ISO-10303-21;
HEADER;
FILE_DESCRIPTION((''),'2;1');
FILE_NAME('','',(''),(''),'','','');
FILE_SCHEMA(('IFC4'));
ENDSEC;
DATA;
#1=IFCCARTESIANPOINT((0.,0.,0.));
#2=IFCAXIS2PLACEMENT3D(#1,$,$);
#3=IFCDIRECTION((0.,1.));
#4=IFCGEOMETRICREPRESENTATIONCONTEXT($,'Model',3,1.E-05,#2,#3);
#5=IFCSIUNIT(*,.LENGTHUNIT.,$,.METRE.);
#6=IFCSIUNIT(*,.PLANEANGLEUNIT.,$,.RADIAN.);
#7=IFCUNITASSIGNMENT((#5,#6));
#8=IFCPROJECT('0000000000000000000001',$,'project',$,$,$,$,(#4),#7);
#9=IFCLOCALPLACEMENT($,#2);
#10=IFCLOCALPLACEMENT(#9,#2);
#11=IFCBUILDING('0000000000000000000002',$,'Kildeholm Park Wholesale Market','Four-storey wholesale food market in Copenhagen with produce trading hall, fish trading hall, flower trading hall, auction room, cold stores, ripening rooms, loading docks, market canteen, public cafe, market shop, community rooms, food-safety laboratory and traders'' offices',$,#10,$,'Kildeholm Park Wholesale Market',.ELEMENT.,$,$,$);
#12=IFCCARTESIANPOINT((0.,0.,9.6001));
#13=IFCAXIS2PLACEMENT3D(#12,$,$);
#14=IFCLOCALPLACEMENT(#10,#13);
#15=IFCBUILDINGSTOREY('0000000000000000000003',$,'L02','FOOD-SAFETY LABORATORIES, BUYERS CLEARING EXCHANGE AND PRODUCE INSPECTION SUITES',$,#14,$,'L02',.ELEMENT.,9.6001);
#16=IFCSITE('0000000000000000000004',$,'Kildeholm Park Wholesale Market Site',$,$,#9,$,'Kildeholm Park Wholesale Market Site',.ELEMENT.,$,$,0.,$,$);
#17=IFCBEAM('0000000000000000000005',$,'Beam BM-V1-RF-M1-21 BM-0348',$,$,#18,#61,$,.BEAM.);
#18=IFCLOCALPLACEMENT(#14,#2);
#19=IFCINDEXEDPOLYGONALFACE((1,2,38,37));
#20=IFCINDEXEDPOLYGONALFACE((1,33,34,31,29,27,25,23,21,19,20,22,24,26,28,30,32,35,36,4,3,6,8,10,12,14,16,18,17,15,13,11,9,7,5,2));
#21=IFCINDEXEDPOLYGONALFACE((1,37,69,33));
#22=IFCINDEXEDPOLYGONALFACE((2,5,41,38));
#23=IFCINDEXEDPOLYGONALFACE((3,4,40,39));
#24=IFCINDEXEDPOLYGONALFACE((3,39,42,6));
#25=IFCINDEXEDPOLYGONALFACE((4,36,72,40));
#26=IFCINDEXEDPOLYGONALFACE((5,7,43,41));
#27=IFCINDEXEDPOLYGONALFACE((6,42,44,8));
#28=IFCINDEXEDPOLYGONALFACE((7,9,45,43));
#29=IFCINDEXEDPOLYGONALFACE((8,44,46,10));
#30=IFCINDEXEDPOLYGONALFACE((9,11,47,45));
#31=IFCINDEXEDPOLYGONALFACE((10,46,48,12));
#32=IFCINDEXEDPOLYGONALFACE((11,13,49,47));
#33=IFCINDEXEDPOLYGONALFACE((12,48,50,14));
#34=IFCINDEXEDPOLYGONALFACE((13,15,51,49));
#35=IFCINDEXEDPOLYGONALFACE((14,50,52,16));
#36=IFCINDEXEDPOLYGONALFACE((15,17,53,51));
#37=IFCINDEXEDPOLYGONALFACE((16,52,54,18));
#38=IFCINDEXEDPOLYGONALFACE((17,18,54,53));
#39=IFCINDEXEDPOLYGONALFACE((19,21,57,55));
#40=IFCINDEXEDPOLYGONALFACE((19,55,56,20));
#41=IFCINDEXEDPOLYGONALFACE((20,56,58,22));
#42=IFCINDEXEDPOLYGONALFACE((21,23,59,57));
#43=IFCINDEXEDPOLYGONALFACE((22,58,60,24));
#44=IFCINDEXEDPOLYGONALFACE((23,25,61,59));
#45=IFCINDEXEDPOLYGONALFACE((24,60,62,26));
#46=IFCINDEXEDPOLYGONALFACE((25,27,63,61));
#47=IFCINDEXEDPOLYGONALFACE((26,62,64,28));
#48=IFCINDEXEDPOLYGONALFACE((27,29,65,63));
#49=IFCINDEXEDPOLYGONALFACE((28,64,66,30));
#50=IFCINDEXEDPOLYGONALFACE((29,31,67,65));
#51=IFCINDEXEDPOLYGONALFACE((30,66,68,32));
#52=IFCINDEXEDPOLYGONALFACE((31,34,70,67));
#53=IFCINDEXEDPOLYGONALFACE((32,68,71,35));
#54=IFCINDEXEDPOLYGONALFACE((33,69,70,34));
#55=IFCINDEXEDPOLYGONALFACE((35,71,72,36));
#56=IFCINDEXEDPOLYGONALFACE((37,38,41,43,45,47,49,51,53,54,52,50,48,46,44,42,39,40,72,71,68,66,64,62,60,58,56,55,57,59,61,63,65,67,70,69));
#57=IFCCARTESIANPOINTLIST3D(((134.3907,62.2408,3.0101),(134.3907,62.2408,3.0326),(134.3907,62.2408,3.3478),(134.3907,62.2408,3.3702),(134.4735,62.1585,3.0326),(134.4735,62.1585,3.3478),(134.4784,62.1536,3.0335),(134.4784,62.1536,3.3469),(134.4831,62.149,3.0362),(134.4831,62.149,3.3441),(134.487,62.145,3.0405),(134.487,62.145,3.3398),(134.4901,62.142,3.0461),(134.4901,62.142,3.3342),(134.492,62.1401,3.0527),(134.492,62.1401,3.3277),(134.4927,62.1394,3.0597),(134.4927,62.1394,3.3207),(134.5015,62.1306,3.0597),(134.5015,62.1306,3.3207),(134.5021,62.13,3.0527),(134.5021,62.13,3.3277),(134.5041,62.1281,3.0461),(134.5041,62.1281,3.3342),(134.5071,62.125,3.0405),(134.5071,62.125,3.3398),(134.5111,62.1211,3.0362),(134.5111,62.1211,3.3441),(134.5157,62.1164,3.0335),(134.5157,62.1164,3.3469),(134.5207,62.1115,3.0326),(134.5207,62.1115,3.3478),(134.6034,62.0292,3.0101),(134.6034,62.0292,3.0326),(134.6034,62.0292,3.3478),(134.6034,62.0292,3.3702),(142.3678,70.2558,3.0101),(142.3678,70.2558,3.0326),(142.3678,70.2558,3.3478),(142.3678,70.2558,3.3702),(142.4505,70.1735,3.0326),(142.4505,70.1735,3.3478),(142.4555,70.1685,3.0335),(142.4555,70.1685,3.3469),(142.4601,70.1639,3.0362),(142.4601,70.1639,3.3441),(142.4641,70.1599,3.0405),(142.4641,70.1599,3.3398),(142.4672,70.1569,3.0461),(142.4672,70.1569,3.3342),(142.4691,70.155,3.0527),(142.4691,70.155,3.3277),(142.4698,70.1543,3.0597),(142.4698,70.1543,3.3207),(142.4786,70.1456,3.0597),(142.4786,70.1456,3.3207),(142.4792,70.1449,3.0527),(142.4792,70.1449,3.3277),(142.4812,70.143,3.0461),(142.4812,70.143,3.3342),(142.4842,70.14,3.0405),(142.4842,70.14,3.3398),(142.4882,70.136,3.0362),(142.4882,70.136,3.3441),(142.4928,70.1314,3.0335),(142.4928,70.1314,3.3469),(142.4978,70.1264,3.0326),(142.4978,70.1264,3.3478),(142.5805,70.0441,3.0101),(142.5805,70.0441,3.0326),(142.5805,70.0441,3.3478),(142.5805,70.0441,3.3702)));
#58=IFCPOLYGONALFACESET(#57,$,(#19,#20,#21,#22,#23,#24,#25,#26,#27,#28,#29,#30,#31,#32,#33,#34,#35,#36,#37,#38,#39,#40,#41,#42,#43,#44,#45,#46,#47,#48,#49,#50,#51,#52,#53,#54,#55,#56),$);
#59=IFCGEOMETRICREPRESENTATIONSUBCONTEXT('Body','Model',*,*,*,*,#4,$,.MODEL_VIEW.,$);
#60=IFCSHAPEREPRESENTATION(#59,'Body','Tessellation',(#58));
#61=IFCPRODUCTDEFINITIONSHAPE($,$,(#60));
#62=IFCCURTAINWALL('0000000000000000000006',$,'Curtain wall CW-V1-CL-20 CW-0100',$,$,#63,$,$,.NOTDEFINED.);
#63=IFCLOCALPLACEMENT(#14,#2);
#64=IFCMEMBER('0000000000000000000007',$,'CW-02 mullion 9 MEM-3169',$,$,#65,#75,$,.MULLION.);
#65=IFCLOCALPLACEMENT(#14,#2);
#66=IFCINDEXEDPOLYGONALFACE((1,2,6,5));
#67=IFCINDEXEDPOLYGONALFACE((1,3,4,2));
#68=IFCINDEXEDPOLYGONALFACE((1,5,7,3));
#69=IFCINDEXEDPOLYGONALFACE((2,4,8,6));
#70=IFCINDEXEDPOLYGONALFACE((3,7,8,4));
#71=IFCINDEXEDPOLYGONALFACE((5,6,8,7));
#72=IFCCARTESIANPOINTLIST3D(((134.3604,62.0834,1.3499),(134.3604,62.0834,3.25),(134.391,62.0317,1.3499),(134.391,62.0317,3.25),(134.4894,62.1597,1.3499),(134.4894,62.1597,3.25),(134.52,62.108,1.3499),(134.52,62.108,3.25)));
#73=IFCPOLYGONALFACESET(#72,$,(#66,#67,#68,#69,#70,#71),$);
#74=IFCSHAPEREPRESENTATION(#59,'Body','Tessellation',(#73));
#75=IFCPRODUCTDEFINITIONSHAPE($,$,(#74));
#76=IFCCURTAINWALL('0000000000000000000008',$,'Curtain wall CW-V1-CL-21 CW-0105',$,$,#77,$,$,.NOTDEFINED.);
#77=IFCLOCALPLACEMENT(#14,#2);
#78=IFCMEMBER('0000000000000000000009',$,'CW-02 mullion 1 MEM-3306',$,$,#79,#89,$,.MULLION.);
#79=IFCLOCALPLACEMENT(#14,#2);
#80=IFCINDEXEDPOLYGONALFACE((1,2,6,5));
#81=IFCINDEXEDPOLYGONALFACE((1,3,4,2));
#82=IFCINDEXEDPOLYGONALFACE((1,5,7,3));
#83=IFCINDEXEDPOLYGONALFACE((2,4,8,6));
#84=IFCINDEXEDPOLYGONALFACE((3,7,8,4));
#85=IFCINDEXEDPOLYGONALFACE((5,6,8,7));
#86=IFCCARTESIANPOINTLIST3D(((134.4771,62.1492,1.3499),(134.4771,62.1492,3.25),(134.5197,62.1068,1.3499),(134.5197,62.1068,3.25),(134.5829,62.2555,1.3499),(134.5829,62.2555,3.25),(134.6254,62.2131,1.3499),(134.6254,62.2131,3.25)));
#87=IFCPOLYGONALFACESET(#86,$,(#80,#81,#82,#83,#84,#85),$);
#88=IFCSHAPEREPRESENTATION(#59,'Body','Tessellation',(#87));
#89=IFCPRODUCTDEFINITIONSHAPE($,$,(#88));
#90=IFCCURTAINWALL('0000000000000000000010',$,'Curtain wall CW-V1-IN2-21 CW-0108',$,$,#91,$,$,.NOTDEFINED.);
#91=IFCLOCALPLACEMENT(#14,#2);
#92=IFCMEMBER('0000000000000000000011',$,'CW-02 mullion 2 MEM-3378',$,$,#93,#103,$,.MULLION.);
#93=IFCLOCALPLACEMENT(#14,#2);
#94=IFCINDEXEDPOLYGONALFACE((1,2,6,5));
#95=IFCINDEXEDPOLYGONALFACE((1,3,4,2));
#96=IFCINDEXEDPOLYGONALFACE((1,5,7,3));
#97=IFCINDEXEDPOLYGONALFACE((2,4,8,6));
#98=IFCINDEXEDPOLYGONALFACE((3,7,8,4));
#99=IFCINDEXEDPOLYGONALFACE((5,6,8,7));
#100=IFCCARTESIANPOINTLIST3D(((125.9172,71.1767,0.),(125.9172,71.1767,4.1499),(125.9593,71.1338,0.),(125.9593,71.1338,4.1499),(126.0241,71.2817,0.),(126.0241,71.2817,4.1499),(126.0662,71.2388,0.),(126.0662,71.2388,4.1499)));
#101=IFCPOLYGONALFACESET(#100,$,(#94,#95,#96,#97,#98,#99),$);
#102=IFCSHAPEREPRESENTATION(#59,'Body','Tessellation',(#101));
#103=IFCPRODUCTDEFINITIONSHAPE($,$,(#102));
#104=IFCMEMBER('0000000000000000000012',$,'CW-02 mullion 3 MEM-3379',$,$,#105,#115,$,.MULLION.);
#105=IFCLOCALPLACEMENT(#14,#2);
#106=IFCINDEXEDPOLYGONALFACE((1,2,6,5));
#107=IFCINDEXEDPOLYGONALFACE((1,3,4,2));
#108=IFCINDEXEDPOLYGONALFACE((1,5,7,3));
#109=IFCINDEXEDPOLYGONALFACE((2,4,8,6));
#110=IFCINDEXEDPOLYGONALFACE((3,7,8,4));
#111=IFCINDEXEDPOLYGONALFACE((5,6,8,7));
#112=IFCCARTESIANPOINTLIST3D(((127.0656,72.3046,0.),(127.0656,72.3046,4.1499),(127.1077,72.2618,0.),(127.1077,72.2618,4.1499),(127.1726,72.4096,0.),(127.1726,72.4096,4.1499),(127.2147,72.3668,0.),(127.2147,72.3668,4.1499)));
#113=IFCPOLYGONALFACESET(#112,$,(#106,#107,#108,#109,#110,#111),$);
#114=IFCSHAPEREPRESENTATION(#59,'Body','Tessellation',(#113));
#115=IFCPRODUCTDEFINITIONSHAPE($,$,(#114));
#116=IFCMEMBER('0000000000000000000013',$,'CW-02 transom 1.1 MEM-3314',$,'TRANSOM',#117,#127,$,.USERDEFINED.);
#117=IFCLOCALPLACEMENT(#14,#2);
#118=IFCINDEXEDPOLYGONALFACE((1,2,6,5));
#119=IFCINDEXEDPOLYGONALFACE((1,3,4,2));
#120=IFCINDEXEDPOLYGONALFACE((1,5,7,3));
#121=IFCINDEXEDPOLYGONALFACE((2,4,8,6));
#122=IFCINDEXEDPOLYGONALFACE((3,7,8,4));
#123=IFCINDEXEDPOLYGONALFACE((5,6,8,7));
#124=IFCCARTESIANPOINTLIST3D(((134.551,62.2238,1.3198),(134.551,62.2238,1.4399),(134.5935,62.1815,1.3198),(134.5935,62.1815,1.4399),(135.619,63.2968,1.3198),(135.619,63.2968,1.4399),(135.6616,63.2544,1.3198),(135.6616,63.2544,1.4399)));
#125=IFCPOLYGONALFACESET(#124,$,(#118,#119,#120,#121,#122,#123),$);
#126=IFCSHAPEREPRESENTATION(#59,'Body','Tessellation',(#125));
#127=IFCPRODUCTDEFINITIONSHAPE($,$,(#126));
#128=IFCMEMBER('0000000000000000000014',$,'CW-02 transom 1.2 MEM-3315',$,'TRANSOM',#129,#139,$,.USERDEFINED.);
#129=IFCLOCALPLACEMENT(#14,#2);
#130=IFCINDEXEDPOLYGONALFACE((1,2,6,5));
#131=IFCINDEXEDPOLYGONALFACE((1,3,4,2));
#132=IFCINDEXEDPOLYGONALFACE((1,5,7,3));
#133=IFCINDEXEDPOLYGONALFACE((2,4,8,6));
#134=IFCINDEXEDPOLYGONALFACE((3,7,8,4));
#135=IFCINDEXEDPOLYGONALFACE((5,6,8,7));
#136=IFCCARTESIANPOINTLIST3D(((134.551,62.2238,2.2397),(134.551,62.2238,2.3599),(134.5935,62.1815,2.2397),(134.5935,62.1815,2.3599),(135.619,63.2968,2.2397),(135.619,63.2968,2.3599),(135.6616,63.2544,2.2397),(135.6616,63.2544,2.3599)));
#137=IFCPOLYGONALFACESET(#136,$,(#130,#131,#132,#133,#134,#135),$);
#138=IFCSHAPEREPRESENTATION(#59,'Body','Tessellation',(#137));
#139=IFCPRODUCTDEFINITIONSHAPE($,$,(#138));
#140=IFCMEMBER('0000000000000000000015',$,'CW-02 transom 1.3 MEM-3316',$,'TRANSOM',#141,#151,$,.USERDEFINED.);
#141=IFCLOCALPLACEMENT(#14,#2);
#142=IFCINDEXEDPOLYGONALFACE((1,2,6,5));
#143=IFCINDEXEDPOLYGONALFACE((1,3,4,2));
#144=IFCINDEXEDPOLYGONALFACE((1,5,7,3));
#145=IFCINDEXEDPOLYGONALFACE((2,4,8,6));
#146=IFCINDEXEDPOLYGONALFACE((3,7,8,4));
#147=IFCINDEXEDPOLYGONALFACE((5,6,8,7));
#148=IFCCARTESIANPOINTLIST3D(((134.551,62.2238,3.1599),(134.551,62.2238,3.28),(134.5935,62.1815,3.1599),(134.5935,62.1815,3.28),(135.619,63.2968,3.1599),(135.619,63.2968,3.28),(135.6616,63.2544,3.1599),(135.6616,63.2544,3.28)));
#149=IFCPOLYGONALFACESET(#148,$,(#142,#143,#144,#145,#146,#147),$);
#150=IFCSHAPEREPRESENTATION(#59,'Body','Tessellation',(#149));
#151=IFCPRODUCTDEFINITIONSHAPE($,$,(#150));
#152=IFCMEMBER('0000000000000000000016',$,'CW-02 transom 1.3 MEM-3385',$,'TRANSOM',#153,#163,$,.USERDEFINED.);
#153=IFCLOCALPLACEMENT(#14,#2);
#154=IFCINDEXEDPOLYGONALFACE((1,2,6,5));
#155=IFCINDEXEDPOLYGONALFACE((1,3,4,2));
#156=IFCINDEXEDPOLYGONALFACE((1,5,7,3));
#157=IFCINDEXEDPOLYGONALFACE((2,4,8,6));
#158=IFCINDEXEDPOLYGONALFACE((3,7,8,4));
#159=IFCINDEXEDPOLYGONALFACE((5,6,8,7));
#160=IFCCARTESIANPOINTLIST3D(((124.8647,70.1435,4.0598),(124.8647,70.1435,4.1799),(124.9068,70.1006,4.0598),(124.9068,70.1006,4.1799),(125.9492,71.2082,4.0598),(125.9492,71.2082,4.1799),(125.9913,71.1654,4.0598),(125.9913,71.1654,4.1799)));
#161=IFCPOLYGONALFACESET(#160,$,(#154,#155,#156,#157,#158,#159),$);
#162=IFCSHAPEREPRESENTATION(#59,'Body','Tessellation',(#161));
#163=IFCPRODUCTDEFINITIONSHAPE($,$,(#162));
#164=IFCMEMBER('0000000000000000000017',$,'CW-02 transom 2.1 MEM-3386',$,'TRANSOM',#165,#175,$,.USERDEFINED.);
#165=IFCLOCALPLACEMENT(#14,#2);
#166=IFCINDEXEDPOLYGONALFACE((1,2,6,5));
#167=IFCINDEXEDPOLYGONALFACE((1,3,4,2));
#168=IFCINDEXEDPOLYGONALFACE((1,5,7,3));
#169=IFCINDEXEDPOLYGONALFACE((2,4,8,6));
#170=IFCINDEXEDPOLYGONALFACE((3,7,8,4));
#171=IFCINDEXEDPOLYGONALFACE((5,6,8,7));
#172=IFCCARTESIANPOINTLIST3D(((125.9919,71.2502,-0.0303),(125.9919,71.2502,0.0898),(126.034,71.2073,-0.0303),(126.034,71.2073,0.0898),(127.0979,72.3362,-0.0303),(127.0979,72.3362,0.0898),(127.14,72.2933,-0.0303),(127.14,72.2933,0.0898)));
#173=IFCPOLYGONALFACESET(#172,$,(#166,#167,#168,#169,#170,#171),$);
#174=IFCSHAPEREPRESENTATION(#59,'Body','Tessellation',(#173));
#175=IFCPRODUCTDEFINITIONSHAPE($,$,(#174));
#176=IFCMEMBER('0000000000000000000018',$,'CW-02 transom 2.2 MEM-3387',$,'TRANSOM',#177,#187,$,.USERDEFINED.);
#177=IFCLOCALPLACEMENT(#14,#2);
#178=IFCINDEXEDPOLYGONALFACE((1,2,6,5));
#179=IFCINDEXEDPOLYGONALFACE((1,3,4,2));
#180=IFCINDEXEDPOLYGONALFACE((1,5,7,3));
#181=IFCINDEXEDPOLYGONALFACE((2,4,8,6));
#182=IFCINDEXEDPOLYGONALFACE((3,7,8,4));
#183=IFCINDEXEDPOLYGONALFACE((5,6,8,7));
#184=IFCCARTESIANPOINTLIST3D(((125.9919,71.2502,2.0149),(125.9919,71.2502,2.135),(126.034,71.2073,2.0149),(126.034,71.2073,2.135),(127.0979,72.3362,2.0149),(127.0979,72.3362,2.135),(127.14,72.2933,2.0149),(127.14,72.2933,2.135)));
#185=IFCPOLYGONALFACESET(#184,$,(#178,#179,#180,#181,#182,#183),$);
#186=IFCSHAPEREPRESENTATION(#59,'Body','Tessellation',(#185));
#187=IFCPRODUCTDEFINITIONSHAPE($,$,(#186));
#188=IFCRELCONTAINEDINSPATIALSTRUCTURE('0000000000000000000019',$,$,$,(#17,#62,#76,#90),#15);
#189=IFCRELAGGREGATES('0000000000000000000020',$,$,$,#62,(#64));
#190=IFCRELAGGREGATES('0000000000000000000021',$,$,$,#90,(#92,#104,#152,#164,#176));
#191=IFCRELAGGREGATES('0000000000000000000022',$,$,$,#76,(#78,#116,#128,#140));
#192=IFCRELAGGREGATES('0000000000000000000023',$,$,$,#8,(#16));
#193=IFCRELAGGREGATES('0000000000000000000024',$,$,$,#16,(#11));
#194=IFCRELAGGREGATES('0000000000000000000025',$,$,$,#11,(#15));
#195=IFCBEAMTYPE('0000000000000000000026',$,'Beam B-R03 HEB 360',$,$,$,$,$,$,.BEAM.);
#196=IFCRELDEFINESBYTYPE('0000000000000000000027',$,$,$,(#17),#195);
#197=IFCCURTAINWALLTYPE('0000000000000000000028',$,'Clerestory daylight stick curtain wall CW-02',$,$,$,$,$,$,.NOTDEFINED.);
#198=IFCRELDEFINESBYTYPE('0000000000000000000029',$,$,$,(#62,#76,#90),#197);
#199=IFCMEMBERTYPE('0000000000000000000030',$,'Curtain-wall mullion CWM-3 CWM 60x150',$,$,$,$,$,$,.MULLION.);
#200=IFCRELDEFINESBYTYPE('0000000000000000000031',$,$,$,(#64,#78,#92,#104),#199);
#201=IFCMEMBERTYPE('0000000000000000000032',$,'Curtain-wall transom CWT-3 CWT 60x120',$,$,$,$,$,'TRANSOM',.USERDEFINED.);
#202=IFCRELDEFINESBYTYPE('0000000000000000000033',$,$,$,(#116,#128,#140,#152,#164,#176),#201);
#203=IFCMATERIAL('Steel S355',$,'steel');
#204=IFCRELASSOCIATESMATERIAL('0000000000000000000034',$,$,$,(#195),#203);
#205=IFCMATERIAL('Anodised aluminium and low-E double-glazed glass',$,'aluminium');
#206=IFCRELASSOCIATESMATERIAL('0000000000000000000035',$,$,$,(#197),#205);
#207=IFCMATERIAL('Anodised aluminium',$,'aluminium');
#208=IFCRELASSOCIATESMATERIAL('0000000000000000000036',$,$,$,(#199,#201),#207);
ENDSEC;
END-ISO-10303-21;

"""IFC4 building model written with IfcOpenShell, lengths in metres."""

from ifc_helpers import new_model, si_unit, direction, frame, origin, origin_2d, place, context, subcontext, project, spatial, rectangle, i_section, extrude, material, material_profile, profile_set, type_object, element, aggregate, save


model = new_model("IFC4")

# Units and contexts
model_context = context("Model", 3, precision=1e-05, world=origin(), true_north=direction((0.0, 1.0)))
body_context = subcontext(model_context, "Body", "Model", "MODEL_VIEW")
ifc_project = project(units=[si_unit("LENGTHUNIT", "METRE"), si_unit("PLANEANGLEUNIT", "RADIAN")], contexts=[model_context])

# Site, building, storey
site_placement = place(None, origin())
site = spatial("IfcSite", under=ifc_project, at=site_placement, Name="Kildeholm Park Wholesale Market Site", LongName="Kildeholm Park Wholesale Market Site", CompositionType="ELEMENT", RefElevation=0.0)
building_placement = place(site_placement, origin())
building = spatial("IfcBuilding", under=site, at=building_placement, Name="Kildeholm Park Wholesale Market", Description="Four-storey wholesale food market in Copenhagen with produce trading hall, fish trading hall, flower trading hall, auction room, cold stores, ripening rooms, loading docks, market canteen, public cafe, market shop, community rooms, food-safety laboratory and traders' offices", LongName="Kildeholm Park Wholesale Market", CompositionType="ELEMENT")
storey_placement = place(building_placement, frame((0.0, 0.0, 9.6001)))
storey = spatial("IfcBuildingStorey", under=building, at=storey_placement, Name="L02", Description="FOOD-SAFETY LABORATORIES, BUYERS CLEARING EXCHANGE AND PRODUCE INSPECTION SUITES", LongName="L02", CompositionType="ELEMENT", Elevation=9.6001)

# Shared definitions
ifc_material_1 = material(Name="Steel S355", Category="steel")

# Beam
ifc_material_profile_1 = material_profile(ifc_material_1, i_section(OverallWidth=0.3, OverallDepth=0.3601, WebThickness=0.0125, FlangeThickness=0.0225, FilletRadius=0.0271, at=origin_2d()), Name="HEB 360")
ifc_profile_set_1 = profile_set([ifc_material_profile_1], Name="Steel S355")
beam_type_1 = type_object("IfcBeamType", Name="Beam B-R03 HEB 360", PredefinedType="BEAM", material=ifc_profile_set_1)
beam_1_placement = place(storey_placement, frame((134.4971, 62.135, 3.1902), z_axis=(0.705432, 0.708778, 0.0), x_axis=(-0.708778, 0.705432, 0.0)))
element("IfcBeam", 1, at=beam_1_placement, inside=storey, type_object=beam_type_1, Name="Beam BM-V1-RF-M1-21 BM-0348", PredefinedType="BEAM", context=body_context, shape_type="SweptSolid", body=[
    extrude(i_section(OverallWidth=0.3, OverallDepth=0.3601, WebThickness=0.0125, FlangeThickness=0.0225, FilletRadius=0.0271, at=origin_2d()), origin(), (0.0, 0.0, 1.0), 11.3081),
])

# Curtain walls, members
ifc_material_2 = material(Name="Anodised aluminium and low-E double-glazed glass", Category="aluminium")
curtain_wall_type = type_object("IfcCurtainWallType", Name="Clerestory daylight stick curtain wall CW-02", PredefinedType="NOTDEFINED", material=ifc_material_2)
curtain_wall_1_placement = place(storey_placement, origin())
curtain_wall_1 = element("IfcCurtainWall", 2, at=curtain_wall_1_placement, inside=storey, type_object=curtain_wall_type, Name="Curtain wall CW-V1-CL-20 CW-0100", PredefinedType="NOTDEFINED")
ifc_material_3 = material(Name="Anodised aluminium", Category="aluminium")
ifc_material_profile_2 = material_profile(ifc_material_3, rectangle(XDim=0.0601, YDim=0.1499, at=origin_2d()), Name="CWM 60x150")
ifc_profile_set_2 = profile_set([ifc_material_profile_2], Name="Anodised aluminium")
member_type_1 = type_object("IfcMemberType", Name="Curtain-wall mullion CWM-3 CWM 60x150", PredefinedType="MULLION", material=ifc_profile_set_2)
member_1_placement = place(storey_placement, frame((134.4402, 62.0957, 1.3499), z_axis=(0.0, 0.0, 1.0), x_axis=(-0.509105, 0.860704, 0.0)))
member_1 = element("IfcMember", 3, at=member_1_placement, type_object=member_type_1, Name="CW-02 mullion 9 MEM-3169", PredefinedType="MULLION", context=body_context, shape_type="SweptSolid", body=[
    extrude(rectangle(XDim=0.0601, YDim=0.1499, at=origin_2d()), origin(), (0.0, 0.0, 1.0), 1.9001),
])
aggregate(curtain_wall_1, [member_1])
curtain_wall_2_placement = place(storey_placement, origin())
curtain_wall_2 = element("IfcCurtainWall", 4, at=curtain_wall_2_placement, inside=storey, type_object=curtain_wall_type, Name="Curtain wall CW-V1-CL-21 CW-0105", PredefinedType="NOTDEFINED")
member_2_placement = place(storey_placement, frame((134.5513, 62.1812, 1.3499), z_axis=(0.0, 0.0, 1.0), x_axis=(-0.708797, 0.705413, 0.0)))
member_2 = element("IfcMember", 5, at=member_2_placement, type_object=member_type_1, Name="CW-02 mullion 1 MEM-3306", PredefinedType="MULLION", context=body_context, shape_type="SweptSolid", body=[
    extrude(rectangle(XDim=0.0601, YDim=0.1499, at=origin_2d()), origin(), (0.0, 0.0, 1.0), 1.9001),
])

# Curtain wall, members
curtain_wall_3_placement = place(storey_placement, origin())
curtain_wall_3 = element("IfcCurtainWall", 6, at=curtain_wall_3_placement, inside=storey, type_object=curtain_wall_type, Name="Curtain wall CW-V1-IN2-21 CW-0108", PredefinedType="NOTDEFINED")
member_3_placement = place(storey_placement, frame((125.9917, 71.2078, 0.0), z_axis=(0.0, 0.0, 1.0), x_axis=(-0.700617, 0.713538, 0.0)))
member_3 = element("IfcMember", 7, at=member_3_placement, type_object=member_type_1, Name="CW-02 mullion 2 MEM-3378", PredefinedType="MULLION", context=body_context, shape_type="SweptSolid", body=[
    extrude(rectangle(XDim=0.0601, YDim=0.1499, at=origin_2d()), origin(), (0.0, 0.0, 1.0), 4.1499),
])
member_4_placement = place(storey_placement, frame((127.1401, 72.3357, 0.0), z_axis=(0.0, 0.0, 1.0), x_axis=(-0.700617, 0.713538, 0.0)))
member_4 = element("IfcMember", 8, at=member_4_placement, type_object=member_type_1, Name="CW-02 mullion 3 MEM-3379", PredefinedType="MULLION", context=body_context, shape_type="SweptSolid", body=[
    extrude(rectangle(XDim=0.0601, YDim=0.1499, at=origin_2d()), origin(), (0.0, 0.0, 1.0), 4.1499),
])

# Members
ifc_material_profile_3 = material_profile(ifc_material_3, rectangle(XDim=0.0601, YDim=0.1201, at=origin_2d()), Name="CWT 60x120")
ifc_profile_set_3 = profile_set([ifc_material_profile_3], Name="Anodised aluminium")
member_type_2 = type_object("IfcMemberType", Name="Curtain-wall transom CWT-3 CWT 60x120", ElementType="TRANSOM", PredefinedType="USERDEFINED", material=ifc_profile_set_3)
member_5_placement = place(storey_placement, frame((134.5723, 62.2026, 1.3799), z_axis=(0.705492, 0.708717, 0.0), x_axis=(-0.708717, 0.705492, 0.0)))
member_5 = element("IfcMember", 9, at=member_5_placement, type_object=member_type_2, Name="CW-02 transom 1.1 MEM-3314", ObjectType="TRANSOM", PredefinedType="USERDEFINED", context=body_context, shape_type="SweptSolid", body=[
    extrude(rectangle(XDim=0.0601, YDim=0.1201, at=origin_2d()), origin(), (0.0, 0.0, 1.0), 1.5139),
])
member_6_placement = place(storey_placement, frame((134.5723, 62.2026, 2.2998), z_axis=(0.705492, 0.708717, 0.0), x_axis=(-0.708717, 0.705492, 0.0)))
member_6 = element("IfcMember", 10, at=member_6_placement, type_object=member_type_2, Name="CW-02 transom 1.2 MEM-3315", ObjectType="TRANSOM", PredefinedType="USERDEFINED", context=body_context, shape_type="SweptSolid", body=[
    extrude(rectangle(XDim=0.0601, YDim=0.1201, at=origin_2d()), origin(), (0.0, 0.0, 1.0), 1.5139),
])
member_7_placement = place(storey_placement, frame((134.5723, 62.2026, 3.22), z_axis=(0.705492, 0.708717, 0.0), x_axis=(-0.708717, 0.705492, 0.0)))
member_7 = element("IfcMember", 11, at=member_7_placement, type_object=member_type_2, Name="CW-02 transom 1.3 MEM-3316", ObjectType="TRANSOM", PredefinedType="USERDEFINED", context=body_context, shape_type="SweptSolid", body=[
    extrude(rectangle(XDim=0.0601, YDim=0.1201, at=origin_2d()), origin(), (0.0, 0.0, 1.0), 1.5139),
])
member_8_placement = place(storey_placement, frame((124.8857, 70.1221, 4.1199), z_axis=(0.713583, 0.700571, 0.0), x_axis=(-0.700571, 0.713583, 0.0)))
member_8 = element("IfcMember", 12, at=member_8_placement, type_object=member_type_2, Name="CW-02 transom 1.3 MEM-3385", ObjectType="TRANSOM", PredefinedType="USERDEFINED", context=body_context, shape_type="SweptSolid", body=[
    extrude(rectangle(XDim=0.0601, YDim=0.1201, at=origin_2d()), origin(), (0.0, 0.0, 1.0), 1.5198),
])
member_9_placement = place(storey_placement, frame((126.0129, 71.2288, 0.0298), z_axis=(0.713535, 0.700619, 0.0), x_axis=(-0.700619, 0.713535, 0.0)))
member_9 = element("IfcMember", 13, at=member_9_placement, type_object=member_type_2, Name="CW-02 transom 2.1 MEM-3386", ObjectType="TRANSOM", PredefinedType="USERDEFINED", context=body_context, shape_type="SweptSolid", body=[
    extrude(rectangle(XDim=0.0601, YDim=0.1201, at=origin_2d()), origin(), (0.0, 0.0, 1.0), 1.55),
])
member_10_placement = place(storey_placement, frame((126.0129, 71.2288, 2.075), z_axis=(0.713535, 0.700619, 0.0), x_axis=(-0.700619, 0.713535, 0.0)))
member_10 = element("IfcMember", 14, at=member_10_placement, type_object=member_type_2, Name="CW-02 transom 2.2 MEM-3387", ObjectType="TRANSOM", PredefinedType="USERDEFINED", context=body_context, shape_type="SweptSolid", body=[
    extrude(rectangle(XDim=0.0601, YDim=0.1201, at=origin_2d()), origin(), (0.0, 0.0, 1.0), 1.55),
])

aggregate(curtain_wall_3, [member_3, member_4, member_8, member_9, member_10])
aggregate(curtain_wall_2, [member_2, member_5, member_6, member_7])

save(model, "model.ifc")
